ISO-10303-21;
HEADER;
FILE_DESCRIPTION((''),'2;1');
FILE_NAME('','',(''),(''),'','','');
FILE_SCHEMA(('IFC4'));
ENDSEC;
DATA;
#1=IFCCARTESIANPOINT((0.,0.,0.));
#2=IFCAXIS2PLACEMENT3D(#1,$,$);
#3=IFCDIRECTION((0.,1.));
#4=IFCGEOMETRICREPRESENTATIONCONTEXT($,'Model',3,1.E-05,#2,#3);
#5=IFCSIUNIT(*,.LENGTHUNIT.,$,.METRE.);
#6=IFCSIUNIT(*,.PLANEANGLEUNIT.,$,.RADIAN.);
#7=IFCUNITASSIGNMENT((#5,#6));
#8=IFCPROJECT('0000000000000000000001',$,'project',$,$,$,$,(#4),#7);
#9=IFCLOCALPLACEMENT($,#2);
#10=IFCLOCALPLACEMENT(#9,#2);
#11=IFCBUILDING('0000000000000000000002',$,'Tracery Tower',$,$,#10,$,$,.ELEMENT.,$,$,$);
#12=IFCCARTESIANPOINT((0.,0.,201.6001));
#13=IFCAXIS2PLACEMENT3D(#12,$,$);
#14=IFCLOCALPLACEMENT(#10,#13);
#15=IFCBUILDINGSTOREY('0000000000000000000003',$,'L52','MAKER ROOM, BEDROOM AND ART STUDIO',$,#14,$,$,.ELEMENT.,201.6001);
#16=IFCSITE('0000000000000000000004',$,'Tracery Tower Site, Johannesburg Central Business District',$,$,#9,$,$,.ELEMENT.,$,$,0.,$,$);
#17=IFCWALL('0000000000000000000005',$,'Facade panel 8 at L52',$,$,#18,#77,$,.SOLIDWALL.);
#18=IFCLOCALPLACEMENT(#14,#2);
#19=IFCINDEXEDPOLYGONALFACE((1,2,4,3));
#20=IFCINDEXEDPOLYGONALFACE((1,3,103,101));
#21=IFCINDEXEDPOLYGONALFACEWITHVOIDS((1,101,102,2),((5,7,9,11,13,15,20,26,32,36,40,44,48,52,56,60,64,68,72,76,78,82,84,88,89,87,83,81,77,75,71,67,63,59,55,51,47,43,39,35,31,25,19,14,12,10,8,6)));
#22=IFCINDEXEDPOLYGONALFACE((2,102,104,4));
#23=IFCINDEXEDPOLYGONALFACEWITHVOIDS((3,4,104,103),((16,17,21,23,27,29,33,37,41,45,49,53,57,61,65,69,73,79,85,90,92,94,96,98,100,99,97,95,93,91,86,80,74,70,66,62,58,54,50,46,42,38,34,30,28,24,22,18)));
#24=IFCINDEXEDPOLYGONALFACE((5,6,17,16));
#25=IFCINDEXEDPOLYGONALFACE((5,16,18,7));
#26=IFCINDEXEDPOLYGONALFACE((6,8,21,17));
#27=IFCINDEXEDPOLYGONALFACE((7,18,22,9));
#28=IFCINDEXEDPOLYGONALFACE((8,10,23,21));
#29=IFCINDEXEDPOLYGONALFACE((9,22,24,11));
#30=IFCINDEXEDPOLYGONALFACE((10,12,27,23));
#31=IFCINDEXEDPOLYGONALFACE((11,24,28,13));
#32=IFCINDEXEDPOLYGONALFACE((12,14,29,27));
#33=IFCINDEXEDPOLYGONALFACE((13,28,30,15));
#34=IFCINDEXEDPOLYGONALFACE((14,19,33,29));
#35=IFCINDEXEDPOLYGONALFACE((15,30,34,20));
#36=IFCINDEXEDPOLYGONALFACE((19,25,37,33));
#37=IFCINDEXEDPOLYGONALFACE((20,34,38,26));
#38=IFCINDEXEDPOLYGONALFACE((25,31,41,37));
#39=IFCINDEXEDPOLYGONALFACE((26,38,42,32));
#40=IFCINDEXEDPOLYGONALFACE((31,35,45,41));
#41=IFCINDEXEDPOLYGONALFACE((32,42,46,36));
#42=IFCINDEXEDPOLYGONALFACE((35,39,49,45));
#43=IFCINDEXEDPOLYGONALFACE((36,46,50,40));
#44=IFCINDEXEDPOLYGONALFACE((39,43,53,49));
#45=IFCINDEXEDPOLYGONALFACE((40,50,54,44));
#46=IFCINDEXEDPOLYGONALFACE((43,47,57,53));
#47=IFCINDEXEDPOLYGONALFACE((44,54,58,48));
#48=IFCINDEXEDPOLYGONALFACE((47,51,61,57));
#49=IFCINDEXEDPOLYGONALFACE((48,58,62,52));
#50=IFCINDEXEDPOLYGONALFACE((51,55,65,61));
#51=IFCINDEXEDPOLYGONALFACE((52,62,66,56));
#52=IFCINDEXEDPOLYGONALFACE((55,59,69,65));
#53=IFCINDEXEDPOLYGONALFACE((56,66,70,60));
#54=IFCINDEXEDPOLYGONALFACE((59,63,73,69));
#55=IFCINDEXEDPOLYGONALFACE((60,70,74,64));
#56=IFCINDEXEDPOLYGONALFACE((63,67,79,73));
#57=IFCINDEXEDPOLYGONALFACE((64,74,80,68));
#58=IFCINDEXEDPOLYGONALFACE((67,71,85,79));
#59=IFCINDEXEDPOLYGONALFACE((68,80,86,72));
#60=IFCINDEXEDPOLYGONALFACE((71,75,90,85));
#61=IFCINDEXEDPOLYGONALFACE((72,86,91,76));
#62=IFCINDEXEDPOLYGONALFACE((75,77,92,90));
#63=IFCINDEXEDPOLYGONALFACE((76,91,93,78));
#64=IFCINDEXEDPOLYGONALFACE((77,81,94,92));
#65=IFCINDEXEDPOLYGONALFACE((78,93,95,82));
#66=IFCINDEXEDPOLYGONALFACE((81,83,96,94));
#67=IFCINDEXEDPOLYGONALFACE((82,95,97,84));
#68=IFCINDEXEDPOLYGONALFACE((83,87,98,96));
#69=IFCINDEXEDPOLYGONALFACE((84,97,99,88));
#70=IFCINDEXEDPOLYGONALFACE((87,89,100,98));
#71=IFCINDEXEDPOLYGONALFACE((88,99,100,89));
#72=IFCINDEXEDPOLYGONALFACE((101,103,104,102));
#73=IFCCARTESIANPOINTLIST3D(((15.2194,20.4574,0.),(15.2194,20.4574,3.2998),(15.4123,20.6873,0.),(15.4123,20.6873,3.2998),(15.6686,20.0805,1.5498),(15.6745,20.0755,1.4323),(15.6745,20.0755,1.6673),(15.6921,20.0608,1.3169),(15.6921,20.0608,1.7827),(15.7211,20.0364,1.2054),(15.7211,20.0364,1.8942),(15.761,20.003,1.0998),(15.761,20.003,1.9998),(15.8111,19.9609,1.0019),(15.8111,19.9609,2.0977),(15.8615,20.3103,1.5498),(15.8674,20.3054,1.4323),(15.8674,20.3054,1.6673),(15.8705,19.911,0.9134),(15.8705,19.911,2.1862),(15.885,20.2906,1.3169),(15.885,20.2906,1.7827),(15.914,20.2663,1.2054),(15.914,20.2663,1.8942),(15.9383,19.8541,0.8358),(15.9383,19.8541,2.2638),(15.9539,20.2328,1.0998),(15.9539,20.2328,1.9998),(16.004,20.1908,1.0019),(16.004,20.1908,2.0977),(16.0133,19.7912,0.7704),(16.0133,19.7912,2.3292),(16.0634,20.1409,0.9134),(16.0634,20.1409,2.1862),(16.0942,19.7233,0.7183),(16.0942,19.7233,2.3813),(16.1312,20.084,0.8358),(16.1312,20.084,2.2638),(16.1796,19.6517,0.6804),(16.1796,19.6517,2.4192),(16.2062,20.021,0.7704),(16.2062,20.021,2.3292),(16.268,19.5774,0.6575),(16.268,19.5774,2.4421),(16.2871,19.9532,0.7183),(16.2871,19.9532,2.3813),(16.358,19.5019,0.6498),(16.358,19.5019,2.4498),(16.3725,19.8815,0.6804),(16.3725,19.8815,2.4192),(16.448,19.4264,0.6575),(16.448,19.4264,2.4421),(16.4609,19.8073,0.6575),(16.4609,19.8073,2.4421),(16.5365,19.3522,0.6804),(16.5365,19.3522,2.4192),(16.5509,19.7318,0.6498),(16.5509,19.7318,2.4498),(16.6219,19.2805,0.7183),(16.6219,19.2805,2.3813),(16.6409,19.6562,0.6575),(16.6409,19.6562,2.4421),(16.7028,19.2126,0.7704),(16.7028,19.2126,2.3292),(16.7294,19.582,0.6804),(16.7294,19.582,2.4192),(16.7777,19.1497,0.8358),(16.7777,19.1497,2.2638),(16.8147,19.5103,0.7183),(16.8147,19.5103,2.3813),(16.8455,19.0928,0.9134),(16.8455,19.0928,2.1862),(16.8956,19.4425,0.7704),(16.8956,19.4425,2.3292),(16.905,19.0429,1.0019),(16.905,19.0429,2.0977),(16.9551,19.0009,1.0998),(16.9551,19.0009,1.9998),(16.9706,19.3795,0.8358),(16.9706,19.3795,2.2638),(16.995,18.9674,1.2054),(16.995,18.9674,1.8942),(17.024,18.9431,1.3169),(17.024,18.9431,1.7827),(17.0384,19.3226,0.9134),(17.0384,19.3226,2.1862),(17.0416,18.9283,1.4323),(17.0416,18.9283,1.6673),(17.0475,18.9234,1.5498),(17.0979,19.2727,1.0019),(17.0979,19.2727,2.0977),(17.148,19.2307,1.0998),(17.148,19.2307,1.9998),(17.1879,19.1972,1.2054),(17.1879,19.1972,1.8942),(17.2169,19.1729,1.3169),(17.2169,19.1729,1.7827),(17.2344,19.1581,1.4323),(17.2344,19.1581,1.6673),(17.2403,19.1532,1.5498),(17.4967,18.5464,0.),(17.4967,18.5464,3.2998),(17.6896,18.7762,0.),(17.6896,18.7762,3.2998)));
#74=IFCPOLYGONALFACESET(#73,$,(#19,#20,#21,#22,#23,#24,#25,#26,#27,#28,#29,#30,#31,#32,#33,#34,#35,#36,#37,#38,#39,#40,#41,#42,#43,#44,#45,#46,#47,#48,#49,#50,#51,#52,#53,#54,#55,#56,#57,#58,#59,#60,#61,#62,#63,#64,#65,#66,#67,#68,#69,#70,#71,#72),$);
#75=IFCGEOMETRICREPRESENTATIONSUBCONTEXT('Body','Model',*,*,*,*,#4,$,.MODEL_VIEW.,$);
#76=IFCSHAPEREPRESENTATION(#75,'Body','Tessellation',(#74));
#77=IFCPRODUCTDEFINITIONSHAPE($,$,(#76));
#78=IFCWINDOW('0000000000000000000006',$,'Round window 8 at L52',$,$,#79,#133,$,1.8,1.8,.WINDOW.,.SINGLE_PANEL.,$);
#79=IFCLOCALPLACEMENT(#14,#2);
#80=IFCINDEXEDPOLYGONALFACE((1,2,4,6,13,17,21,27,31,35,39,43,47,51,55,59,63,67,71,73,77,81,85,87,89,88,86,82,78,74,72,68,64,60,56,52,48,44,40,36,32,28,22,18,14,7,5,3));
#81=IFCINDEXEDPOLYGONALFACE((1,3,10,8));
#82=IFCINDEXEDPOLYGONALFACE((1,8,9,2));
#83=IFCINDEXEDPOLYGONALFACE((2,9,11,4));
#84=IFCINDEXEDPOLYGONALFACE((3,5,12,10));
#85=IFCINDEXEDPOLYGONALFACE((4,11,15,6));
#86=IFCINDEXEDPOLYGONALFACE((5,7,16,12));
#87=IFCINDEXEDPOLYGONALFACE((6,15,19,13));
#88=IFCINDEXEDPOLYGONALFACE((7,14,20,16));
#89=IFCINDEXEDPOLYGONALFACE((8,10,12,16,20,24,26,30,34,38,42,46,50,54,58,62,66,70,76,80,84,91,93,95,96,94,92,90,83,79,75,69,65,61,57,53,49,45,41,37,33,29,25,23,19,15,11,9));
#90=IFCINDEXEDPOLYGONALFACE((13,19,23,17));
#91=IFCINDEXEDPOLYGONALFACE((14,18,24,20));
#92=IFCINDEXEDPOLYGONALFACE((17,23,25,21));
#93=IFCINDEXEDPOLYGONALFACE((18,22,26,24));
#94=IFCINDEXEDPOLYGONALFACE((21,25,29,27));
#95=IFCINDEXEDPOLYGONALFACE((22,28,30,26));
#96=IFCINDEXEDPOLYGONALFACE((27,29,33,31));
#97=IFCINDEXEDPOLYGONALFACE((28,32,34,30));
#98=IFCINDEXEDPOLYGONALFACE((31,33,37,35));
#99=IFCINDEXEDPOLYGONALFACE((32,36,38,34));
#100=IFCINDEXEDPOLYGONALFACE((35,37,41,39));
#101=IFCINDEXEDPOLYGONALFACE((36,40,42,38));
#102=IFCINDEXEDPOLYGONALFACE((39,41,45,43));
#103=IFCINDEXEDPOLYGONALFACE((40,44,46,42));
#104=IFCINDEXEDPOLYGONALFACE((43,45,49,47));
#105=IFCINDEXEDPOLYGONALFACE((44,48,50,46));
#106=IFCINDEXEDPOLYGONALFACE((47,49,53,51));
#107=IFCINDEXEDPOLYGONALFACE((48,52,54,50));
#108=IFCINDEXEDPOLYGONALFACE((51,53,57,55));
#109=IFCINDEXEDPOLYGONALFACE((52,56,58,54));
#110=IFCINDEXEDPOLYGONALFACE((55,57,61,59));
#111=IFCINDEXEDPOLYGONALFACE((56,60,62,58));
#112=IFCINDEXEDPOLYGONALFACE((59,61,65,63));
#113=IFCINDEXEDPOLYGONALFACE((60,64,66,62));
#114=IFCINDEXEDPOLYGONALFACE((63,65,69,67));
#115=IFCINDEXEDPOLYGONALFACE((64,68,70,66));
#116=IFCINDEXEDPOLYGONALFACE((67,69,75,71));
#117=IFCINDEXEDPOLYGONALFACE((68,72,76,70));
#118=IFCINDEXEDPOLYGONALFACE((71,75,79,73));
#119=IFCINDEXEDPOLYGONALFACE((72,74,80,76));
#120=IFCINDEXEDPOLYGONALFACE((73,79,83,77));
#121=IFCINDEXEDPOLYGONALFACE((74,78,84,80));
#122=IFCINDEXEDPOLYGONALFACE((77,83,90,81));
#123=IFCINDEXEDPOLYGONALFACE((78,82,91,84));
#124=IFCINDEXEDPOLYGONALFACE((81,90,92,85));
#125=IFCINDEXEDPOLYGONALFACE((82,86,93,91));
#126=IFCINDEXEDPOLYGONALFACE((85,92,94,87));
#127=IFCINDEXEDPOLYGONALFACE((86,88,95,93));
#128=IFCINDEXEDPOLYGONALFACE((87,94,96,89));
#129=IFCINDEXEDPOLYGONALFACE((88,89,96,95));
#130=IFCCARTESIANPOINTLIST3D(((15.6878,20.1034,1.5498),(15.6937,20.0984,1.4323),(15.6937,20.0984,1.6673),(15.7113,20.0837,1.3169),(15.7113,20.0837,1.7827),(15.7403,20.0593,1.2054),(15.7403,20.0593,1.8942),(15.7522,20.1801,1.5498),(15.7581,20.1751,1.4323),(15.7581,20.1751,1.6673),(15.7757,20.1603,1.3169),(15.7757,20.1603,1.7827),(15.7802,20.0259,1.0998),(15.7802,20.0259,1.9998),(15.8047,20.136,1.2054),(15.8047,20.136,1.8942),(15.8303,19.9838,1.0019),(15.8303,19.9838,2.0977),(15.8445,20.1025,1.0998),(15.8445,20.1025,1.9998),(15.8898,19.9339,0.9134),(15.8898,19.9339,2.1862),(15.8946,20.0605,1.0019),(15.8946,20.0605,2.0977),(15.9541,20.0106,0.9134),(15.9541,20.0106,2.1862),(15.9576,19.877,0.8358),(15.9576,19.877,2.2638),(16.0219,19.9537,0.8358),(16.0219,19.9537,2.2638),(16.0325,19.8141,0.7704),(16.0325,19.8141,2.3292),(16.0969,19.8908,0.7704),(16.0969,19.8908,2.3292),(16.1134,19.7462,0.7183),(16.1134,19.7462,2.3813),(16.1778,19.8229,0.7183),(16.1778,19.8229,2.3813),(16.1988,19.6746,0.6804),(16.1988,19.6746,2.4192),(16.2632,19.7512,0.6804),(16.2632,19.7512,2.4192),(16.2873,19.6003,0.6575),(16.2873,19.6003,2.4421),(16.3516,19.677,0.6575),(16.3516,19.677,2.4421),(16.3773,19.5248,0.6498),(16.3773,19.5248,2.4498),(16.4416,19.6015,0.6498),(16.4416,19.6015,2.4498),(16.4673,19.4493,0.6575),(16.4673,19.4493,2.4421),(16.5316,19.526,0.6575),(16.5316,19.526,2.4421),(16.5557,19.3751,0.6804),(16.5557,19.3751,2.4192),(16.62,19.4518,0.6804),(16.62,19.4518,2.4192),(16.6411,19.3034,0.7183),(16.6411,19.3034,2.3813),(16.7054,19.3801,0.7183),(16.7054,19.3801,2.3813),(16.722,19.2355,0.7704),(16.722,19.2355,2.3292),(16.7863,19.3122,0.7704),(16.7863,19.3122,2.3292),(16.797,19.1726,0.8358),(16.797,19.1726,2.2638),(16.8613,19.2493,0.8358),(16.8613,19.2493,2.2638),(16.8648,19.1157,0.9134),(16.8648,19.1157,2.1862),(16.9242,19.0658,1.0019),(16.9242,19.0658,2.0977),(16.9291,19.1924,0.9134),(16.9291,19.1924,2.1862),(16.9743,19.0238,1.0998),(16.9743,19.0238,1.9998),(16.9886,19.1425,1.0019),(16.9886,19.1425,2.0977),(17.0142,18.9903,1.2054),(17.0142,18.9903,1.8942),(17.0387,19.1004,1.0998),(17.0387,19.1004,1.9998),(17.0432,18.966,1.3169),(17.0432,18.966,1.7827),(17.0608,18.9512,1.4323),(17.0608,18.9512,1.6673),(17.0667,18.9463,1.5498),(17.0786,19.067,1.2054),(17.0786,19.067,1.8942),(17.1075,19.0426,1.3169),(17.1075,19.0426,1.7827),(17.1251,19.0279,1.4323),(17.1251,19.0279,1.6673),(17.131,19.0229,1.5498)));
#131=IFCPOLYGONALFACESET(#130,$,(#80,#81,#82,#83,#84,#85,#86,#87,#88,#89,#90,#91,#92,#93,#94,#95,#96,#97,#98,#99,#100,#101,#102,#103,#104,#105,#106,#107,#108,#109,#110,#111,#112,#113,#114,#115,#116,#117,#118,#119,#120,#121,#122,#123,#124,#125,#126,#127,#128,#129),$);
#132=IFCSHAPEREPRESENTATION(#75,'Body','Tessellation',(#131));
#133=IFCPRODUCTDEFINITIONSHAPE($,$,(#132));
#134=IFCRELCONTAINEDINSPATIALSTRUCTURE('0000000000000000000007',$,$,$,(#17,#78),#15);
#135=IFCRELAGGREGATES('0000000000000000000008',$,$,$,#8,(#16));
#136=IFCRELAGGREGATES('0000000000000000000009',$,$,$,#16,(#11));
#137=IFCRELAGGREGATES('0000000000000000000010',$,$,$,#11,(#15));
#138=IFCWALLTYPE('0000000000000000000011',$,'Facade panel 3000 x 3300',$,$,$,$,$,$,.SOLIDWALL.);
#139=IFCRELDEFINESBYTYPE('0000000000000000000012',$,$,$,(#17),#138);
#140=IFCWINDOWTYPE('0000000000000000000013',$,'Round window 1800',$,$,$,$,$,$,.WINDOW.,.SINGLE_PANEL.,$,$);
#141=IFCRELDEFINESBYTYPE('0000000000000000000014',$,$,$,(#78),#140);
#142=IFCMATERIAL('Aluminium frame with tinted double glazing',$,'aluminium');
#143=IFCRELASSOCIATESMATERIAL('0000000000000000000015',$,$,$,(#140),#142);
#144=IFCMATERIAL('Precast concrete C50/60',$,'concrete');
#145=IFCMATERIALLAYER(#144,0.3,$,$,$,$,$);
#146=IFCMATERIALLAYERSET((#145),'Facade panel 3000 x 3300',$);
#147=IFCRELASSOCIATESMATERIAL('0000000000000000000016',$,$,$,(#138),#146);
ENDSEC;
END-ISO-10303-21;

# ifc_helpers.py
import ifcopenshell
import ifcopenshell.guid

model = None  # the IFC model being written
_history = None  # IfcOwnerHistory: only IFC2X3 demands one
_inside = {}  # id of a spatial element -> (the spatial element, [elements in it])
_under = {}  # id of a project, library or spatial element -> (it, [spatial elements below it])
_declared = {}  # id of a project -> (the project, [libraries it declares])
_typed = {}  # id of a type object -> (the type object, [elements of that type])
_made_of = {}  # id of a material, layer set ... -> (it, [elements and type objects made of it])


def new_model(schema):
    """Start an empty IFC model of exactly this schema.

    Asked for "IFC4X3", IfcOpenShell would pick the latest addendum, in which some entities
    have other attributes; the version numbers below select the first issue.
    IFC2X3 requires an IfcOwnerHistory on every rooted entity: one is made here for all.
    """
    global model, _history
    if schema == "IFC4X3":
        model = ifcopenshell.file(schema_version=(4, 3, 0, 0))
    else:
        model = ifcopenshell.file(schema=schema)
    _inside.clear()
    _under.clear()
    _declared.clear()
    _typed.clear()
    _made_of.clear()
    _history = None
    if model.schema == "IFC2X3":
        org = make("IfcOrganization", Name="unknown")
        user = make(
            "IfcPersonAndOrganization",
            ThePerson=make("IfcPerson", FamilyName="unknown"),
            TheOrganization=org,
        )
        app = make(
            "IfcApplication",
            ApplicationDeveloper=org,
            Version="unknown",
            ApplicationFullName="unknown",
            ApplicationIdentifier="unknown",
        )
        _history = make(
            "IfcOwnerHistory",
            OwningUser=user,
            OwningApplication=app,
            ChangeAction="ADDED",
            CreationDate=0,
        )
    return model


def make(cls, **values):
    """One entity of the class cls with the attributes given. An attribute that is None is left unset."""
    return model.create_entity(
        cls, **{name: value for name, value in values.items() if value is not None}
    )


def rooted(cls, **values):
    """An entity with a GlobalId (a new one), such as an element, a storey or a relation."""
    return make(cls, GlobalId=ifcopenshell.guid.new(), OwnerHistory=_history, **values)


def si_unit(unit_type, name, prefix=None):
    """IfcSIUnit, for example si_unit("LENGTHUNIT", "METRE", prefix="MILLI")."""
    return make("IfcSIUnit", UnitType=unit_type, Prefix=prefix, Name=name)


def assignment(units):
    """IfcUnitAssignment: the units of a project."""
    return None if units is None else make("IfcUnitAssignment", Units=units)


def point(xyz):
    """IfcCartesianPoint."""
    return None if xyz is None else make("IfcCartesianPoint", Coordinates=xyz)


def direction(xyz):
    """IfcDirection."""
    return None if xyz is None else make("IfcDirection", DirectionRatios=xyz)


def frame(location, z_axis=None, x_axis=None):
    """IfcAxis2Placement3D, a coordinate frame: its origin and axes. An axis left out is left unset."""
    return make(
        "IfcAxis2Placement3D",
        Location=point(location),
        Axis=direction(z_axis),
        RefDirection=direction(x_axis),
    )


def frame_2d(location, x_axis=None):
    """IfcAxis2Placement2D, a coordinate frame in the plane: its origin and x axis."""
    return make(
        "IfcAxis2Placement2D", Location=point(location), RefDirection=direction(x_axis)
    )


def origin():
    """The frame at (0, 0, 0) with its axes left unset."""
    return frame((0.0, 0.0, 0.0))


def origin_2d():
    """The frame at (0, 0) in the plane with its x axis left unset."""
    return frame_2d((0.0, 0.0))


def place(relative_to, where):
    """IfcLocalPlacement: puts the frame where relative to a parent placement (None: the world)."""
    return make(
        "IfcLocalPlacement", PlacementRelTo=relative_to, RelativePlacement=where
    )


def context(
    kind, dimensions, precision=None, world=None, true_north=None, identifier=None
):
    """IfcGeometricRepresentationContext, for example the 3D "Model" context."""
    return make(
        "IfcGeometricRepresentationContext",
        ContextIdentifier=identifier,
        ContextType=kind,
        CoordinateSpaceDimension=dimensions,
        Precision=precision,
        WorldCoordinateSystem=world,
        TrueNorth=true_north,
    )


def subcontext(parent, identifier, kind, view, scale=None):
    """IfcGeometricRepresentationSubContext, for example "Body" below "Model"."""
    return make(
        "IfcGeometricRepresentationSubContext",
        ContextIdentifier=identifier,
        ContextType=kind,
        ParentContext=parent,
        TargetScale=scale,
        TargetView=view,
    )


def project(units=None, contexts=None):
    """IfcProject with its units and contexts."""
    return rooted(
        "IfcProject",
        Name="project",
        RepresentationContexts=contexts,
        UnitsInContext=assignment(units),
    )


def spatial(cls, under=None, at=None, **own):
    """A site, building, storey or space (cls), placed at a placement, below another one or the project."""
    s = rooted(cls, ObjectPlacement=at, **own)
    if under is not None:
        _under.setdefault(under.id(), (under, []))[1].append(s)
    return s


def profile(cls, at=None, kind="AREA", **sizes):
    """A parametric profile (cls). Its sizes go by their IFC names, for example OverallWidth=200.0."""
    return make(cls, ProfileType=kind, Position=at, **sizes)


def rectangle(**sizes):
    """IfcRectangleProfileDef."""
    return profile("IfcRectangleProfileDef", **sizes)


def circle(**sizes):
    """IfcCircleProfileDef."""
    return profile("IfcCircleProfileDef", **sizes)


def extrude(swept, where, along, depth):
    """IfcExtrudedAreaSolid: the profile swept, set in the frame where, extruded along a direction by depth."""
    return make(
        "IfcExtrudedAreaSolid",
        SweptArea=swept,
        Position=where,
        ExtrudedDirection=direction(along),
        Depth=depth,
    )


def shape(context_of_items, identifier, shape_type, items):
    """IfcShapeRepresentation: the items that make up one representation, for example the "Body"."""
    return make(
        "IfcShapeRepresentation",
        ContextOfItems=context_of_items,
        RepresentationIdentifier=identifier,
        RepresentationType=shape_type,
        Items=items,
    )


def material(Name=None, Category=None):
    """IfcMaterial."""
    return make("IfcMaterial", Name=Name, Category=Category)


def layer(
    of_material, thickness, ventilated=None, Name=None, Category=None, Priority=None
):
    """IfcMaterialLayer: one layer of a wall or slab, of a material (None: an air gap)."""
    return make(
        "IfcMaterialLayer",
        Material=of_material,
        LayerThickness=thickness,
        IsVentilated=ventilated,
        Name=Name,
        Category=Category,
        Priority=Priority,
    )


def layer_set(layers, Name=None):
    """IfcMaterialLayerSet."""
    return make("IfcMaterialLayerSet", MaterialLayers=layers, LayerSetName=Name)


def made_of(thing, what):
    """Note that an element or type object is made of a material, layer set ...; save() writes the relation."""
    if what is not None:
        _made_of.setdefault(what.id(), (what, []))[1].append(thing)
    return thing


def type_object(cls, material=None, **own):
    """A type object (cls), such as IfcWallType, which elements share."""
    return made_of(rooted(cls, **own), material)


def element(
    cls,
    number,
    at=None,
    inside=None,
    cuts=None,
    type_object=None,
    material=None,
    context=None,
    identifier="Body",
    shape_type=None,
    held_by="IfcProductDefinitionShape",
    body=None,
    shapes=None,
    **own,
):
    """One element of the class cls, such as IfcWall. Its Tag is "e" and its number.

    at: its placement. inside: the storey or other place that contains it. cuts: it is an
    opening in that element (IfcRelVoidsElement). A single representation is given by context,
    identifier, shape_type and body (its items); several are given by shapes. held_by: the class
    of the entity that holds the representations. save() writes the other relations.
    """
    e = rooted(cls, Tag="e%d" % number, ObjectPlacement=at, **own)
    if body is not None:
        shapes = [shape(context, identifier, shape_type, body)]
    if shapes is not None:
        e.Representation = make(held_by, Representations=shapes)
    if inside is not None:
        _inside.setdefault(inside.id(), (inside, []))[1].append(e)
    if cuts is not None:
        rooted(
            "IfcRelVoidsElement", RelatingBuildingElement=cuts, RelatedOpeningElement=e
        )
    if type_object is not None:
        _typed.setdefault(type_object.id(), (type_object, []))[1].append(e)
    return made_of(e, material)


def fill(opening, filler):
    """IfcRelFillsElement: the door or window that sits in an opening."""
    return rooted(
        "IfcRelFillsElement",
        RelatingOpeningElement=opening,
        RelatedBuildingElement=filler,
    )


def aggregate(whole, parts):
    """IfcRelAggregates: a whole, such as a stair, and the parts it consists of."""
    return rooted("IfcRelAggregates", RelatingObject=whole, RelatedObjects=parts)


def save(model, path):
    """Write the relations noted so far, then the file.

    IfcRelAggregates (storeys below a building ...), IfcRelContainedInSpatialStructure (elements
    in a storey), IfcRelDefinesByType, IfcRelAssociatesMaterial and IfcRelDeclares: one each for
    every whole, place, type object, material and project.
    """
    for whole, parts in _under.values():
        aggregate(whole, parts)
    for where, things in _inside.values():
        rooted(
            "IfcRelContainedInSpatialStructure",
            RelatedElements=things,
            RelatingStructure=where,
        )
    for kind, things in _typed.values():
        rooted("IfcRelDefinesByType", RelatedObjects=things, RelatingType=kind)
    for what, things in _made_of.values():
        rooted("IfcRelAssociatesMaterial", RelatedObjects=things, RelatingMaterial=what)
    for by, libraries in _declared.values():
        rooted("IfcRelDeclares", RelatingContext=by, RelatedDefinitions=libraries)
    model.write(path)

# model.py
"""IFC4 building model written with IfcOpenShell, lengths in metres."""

from ifc_helpers import new_model, si_unit, direction, frame, frame_2d, origin, origin_2d, place, context, subcontext, project, spatial, rectangle, circle, extrude, material, layer, layer_set, type_object, element, fill, save


model = new_model("IFC4")

# Units and contexts
model_context = context("Model", 3, precision=1e-05, world=origin(), true_north=direction((0.0, 1.0)))
body_context = subcontext(model_context, "Body", "Model", "MODEL_VIEW")
ifc_project = project(units=[si_unit("LENGTHUNIT", "METRE"), si_unit("PLANEANGLEUNIT", "RADIAN")], contexts=[model_context])

# Site, building, storey
site_placement = place(None, origin())
site = spatial("IfcSite", under=ifc_project, at=site_placement, Name="Tracery Tower Site, Johannesburg Central Business District", CompositionType="ELEMENT", RefElevation=0.0)
building_placement = place(site_placement, origin())
building = spatial("IfcBuilding", under=site, at=building_placement, Name="Tracery Tower", CompositionType="ELEMENT")
storey_placement = place(building_placement, frame((0.0, 0.0, 201.6001)))
storey = spatial("IfcBuildingStorey", under=building, at=storey_placement, Name="L52", Description="MAKER ROOM, BEDROOM AND ART STUDIO", CompositionType="ELEMENT", Elevation=201.6001)

# Wall, opening, window
ifc_material_1 = material(Name="Aluminium frame with tinted double glazing", Category="aluminium")
window_type = type_object("IfcWindowType", Name="Round window 1800", PartitioningType="SINGLE_PANEL", PredefinedType="WINDOW", material=ifc_material_1)
ifc_material_2 = material(Name="Precast concrete C50/60", Category="concrete")
ifc_layer_1 = layer(ifc_material_2, 0.3)
ifc_layer_set_1 = layer_set([ifc_layer_1], Name="Facade panel 3000 x 3300")
wall_type_1 = type_object("IfcWallType", Name="Facade panel 3000 x 3300", PredefinedType="SOLIDWALL", material=ifc_layer_set_1)
wall_1_placement = place(storey_placement, frame((17.593, 18.6614, 0.0), z_axis=(0.0, 0.0, 1.0), x_axis=(-0.766009, 0.64283, 0.0)))
wall_1 = element("IfcWall", 1, at=wall_1_placement, inside=storey, type_object=wall_type_1, Name="Facade panel 8 at L52", PredefinedType="SOLIDWALL", context=body_context, shape_type="SweptSolid", body=[
    extrude(rectangle(XDim=2.9729, YDim=0.3, at=frame_2d((1.4863, 0.0))), origin(), (0.0, 0.0, 1.0), 3.2998),
])
opening_1_placement = place(wall_1_placement, frame((1.4863, 0.0, 1.5498)))
opening_1 = element("IfcOpeningElement", 2, at=opening_1_placement, cuts=wall_1, PredefinedType="OPENING", context=body_context, shape_type="SweptSolid", body=[
    extrude(circle(Radius=0.9, at=origin_2d()), frame((0.0, 0.1599, 0.0), z_axis=(0.0, -1.0, 0.0), x_axis=(1.0, 0.0, 0.0)), (0.0, 0.0, 1.0), 0.3201),
])
window_1_placement = place(opening_1_placement, origin())
window_1 = element("IfcWindow", 3, at=window_1_placement, inside=storey, type_object=window_type, Name="Round window 8 at L52", OverallHeight=1.8, OverallWidth=1.8, PartitioningType="SINGLE_PANEL", PredefinedType="WINDOW", context=body_context, shape_type="SweptSolid", body=[
    extrude(circle(Radius=0.9, at=origin_2d()), frame((0.0, 0.1201, 0.0), z_axis=(0.0, -1.0, 0.0), x_axis=(1.0, 0.0, 0.0)), (0.0, 0.0, 1.0), 0.1001),
])
fill(opening_1, window_1)

save(model, "model.ifc")
